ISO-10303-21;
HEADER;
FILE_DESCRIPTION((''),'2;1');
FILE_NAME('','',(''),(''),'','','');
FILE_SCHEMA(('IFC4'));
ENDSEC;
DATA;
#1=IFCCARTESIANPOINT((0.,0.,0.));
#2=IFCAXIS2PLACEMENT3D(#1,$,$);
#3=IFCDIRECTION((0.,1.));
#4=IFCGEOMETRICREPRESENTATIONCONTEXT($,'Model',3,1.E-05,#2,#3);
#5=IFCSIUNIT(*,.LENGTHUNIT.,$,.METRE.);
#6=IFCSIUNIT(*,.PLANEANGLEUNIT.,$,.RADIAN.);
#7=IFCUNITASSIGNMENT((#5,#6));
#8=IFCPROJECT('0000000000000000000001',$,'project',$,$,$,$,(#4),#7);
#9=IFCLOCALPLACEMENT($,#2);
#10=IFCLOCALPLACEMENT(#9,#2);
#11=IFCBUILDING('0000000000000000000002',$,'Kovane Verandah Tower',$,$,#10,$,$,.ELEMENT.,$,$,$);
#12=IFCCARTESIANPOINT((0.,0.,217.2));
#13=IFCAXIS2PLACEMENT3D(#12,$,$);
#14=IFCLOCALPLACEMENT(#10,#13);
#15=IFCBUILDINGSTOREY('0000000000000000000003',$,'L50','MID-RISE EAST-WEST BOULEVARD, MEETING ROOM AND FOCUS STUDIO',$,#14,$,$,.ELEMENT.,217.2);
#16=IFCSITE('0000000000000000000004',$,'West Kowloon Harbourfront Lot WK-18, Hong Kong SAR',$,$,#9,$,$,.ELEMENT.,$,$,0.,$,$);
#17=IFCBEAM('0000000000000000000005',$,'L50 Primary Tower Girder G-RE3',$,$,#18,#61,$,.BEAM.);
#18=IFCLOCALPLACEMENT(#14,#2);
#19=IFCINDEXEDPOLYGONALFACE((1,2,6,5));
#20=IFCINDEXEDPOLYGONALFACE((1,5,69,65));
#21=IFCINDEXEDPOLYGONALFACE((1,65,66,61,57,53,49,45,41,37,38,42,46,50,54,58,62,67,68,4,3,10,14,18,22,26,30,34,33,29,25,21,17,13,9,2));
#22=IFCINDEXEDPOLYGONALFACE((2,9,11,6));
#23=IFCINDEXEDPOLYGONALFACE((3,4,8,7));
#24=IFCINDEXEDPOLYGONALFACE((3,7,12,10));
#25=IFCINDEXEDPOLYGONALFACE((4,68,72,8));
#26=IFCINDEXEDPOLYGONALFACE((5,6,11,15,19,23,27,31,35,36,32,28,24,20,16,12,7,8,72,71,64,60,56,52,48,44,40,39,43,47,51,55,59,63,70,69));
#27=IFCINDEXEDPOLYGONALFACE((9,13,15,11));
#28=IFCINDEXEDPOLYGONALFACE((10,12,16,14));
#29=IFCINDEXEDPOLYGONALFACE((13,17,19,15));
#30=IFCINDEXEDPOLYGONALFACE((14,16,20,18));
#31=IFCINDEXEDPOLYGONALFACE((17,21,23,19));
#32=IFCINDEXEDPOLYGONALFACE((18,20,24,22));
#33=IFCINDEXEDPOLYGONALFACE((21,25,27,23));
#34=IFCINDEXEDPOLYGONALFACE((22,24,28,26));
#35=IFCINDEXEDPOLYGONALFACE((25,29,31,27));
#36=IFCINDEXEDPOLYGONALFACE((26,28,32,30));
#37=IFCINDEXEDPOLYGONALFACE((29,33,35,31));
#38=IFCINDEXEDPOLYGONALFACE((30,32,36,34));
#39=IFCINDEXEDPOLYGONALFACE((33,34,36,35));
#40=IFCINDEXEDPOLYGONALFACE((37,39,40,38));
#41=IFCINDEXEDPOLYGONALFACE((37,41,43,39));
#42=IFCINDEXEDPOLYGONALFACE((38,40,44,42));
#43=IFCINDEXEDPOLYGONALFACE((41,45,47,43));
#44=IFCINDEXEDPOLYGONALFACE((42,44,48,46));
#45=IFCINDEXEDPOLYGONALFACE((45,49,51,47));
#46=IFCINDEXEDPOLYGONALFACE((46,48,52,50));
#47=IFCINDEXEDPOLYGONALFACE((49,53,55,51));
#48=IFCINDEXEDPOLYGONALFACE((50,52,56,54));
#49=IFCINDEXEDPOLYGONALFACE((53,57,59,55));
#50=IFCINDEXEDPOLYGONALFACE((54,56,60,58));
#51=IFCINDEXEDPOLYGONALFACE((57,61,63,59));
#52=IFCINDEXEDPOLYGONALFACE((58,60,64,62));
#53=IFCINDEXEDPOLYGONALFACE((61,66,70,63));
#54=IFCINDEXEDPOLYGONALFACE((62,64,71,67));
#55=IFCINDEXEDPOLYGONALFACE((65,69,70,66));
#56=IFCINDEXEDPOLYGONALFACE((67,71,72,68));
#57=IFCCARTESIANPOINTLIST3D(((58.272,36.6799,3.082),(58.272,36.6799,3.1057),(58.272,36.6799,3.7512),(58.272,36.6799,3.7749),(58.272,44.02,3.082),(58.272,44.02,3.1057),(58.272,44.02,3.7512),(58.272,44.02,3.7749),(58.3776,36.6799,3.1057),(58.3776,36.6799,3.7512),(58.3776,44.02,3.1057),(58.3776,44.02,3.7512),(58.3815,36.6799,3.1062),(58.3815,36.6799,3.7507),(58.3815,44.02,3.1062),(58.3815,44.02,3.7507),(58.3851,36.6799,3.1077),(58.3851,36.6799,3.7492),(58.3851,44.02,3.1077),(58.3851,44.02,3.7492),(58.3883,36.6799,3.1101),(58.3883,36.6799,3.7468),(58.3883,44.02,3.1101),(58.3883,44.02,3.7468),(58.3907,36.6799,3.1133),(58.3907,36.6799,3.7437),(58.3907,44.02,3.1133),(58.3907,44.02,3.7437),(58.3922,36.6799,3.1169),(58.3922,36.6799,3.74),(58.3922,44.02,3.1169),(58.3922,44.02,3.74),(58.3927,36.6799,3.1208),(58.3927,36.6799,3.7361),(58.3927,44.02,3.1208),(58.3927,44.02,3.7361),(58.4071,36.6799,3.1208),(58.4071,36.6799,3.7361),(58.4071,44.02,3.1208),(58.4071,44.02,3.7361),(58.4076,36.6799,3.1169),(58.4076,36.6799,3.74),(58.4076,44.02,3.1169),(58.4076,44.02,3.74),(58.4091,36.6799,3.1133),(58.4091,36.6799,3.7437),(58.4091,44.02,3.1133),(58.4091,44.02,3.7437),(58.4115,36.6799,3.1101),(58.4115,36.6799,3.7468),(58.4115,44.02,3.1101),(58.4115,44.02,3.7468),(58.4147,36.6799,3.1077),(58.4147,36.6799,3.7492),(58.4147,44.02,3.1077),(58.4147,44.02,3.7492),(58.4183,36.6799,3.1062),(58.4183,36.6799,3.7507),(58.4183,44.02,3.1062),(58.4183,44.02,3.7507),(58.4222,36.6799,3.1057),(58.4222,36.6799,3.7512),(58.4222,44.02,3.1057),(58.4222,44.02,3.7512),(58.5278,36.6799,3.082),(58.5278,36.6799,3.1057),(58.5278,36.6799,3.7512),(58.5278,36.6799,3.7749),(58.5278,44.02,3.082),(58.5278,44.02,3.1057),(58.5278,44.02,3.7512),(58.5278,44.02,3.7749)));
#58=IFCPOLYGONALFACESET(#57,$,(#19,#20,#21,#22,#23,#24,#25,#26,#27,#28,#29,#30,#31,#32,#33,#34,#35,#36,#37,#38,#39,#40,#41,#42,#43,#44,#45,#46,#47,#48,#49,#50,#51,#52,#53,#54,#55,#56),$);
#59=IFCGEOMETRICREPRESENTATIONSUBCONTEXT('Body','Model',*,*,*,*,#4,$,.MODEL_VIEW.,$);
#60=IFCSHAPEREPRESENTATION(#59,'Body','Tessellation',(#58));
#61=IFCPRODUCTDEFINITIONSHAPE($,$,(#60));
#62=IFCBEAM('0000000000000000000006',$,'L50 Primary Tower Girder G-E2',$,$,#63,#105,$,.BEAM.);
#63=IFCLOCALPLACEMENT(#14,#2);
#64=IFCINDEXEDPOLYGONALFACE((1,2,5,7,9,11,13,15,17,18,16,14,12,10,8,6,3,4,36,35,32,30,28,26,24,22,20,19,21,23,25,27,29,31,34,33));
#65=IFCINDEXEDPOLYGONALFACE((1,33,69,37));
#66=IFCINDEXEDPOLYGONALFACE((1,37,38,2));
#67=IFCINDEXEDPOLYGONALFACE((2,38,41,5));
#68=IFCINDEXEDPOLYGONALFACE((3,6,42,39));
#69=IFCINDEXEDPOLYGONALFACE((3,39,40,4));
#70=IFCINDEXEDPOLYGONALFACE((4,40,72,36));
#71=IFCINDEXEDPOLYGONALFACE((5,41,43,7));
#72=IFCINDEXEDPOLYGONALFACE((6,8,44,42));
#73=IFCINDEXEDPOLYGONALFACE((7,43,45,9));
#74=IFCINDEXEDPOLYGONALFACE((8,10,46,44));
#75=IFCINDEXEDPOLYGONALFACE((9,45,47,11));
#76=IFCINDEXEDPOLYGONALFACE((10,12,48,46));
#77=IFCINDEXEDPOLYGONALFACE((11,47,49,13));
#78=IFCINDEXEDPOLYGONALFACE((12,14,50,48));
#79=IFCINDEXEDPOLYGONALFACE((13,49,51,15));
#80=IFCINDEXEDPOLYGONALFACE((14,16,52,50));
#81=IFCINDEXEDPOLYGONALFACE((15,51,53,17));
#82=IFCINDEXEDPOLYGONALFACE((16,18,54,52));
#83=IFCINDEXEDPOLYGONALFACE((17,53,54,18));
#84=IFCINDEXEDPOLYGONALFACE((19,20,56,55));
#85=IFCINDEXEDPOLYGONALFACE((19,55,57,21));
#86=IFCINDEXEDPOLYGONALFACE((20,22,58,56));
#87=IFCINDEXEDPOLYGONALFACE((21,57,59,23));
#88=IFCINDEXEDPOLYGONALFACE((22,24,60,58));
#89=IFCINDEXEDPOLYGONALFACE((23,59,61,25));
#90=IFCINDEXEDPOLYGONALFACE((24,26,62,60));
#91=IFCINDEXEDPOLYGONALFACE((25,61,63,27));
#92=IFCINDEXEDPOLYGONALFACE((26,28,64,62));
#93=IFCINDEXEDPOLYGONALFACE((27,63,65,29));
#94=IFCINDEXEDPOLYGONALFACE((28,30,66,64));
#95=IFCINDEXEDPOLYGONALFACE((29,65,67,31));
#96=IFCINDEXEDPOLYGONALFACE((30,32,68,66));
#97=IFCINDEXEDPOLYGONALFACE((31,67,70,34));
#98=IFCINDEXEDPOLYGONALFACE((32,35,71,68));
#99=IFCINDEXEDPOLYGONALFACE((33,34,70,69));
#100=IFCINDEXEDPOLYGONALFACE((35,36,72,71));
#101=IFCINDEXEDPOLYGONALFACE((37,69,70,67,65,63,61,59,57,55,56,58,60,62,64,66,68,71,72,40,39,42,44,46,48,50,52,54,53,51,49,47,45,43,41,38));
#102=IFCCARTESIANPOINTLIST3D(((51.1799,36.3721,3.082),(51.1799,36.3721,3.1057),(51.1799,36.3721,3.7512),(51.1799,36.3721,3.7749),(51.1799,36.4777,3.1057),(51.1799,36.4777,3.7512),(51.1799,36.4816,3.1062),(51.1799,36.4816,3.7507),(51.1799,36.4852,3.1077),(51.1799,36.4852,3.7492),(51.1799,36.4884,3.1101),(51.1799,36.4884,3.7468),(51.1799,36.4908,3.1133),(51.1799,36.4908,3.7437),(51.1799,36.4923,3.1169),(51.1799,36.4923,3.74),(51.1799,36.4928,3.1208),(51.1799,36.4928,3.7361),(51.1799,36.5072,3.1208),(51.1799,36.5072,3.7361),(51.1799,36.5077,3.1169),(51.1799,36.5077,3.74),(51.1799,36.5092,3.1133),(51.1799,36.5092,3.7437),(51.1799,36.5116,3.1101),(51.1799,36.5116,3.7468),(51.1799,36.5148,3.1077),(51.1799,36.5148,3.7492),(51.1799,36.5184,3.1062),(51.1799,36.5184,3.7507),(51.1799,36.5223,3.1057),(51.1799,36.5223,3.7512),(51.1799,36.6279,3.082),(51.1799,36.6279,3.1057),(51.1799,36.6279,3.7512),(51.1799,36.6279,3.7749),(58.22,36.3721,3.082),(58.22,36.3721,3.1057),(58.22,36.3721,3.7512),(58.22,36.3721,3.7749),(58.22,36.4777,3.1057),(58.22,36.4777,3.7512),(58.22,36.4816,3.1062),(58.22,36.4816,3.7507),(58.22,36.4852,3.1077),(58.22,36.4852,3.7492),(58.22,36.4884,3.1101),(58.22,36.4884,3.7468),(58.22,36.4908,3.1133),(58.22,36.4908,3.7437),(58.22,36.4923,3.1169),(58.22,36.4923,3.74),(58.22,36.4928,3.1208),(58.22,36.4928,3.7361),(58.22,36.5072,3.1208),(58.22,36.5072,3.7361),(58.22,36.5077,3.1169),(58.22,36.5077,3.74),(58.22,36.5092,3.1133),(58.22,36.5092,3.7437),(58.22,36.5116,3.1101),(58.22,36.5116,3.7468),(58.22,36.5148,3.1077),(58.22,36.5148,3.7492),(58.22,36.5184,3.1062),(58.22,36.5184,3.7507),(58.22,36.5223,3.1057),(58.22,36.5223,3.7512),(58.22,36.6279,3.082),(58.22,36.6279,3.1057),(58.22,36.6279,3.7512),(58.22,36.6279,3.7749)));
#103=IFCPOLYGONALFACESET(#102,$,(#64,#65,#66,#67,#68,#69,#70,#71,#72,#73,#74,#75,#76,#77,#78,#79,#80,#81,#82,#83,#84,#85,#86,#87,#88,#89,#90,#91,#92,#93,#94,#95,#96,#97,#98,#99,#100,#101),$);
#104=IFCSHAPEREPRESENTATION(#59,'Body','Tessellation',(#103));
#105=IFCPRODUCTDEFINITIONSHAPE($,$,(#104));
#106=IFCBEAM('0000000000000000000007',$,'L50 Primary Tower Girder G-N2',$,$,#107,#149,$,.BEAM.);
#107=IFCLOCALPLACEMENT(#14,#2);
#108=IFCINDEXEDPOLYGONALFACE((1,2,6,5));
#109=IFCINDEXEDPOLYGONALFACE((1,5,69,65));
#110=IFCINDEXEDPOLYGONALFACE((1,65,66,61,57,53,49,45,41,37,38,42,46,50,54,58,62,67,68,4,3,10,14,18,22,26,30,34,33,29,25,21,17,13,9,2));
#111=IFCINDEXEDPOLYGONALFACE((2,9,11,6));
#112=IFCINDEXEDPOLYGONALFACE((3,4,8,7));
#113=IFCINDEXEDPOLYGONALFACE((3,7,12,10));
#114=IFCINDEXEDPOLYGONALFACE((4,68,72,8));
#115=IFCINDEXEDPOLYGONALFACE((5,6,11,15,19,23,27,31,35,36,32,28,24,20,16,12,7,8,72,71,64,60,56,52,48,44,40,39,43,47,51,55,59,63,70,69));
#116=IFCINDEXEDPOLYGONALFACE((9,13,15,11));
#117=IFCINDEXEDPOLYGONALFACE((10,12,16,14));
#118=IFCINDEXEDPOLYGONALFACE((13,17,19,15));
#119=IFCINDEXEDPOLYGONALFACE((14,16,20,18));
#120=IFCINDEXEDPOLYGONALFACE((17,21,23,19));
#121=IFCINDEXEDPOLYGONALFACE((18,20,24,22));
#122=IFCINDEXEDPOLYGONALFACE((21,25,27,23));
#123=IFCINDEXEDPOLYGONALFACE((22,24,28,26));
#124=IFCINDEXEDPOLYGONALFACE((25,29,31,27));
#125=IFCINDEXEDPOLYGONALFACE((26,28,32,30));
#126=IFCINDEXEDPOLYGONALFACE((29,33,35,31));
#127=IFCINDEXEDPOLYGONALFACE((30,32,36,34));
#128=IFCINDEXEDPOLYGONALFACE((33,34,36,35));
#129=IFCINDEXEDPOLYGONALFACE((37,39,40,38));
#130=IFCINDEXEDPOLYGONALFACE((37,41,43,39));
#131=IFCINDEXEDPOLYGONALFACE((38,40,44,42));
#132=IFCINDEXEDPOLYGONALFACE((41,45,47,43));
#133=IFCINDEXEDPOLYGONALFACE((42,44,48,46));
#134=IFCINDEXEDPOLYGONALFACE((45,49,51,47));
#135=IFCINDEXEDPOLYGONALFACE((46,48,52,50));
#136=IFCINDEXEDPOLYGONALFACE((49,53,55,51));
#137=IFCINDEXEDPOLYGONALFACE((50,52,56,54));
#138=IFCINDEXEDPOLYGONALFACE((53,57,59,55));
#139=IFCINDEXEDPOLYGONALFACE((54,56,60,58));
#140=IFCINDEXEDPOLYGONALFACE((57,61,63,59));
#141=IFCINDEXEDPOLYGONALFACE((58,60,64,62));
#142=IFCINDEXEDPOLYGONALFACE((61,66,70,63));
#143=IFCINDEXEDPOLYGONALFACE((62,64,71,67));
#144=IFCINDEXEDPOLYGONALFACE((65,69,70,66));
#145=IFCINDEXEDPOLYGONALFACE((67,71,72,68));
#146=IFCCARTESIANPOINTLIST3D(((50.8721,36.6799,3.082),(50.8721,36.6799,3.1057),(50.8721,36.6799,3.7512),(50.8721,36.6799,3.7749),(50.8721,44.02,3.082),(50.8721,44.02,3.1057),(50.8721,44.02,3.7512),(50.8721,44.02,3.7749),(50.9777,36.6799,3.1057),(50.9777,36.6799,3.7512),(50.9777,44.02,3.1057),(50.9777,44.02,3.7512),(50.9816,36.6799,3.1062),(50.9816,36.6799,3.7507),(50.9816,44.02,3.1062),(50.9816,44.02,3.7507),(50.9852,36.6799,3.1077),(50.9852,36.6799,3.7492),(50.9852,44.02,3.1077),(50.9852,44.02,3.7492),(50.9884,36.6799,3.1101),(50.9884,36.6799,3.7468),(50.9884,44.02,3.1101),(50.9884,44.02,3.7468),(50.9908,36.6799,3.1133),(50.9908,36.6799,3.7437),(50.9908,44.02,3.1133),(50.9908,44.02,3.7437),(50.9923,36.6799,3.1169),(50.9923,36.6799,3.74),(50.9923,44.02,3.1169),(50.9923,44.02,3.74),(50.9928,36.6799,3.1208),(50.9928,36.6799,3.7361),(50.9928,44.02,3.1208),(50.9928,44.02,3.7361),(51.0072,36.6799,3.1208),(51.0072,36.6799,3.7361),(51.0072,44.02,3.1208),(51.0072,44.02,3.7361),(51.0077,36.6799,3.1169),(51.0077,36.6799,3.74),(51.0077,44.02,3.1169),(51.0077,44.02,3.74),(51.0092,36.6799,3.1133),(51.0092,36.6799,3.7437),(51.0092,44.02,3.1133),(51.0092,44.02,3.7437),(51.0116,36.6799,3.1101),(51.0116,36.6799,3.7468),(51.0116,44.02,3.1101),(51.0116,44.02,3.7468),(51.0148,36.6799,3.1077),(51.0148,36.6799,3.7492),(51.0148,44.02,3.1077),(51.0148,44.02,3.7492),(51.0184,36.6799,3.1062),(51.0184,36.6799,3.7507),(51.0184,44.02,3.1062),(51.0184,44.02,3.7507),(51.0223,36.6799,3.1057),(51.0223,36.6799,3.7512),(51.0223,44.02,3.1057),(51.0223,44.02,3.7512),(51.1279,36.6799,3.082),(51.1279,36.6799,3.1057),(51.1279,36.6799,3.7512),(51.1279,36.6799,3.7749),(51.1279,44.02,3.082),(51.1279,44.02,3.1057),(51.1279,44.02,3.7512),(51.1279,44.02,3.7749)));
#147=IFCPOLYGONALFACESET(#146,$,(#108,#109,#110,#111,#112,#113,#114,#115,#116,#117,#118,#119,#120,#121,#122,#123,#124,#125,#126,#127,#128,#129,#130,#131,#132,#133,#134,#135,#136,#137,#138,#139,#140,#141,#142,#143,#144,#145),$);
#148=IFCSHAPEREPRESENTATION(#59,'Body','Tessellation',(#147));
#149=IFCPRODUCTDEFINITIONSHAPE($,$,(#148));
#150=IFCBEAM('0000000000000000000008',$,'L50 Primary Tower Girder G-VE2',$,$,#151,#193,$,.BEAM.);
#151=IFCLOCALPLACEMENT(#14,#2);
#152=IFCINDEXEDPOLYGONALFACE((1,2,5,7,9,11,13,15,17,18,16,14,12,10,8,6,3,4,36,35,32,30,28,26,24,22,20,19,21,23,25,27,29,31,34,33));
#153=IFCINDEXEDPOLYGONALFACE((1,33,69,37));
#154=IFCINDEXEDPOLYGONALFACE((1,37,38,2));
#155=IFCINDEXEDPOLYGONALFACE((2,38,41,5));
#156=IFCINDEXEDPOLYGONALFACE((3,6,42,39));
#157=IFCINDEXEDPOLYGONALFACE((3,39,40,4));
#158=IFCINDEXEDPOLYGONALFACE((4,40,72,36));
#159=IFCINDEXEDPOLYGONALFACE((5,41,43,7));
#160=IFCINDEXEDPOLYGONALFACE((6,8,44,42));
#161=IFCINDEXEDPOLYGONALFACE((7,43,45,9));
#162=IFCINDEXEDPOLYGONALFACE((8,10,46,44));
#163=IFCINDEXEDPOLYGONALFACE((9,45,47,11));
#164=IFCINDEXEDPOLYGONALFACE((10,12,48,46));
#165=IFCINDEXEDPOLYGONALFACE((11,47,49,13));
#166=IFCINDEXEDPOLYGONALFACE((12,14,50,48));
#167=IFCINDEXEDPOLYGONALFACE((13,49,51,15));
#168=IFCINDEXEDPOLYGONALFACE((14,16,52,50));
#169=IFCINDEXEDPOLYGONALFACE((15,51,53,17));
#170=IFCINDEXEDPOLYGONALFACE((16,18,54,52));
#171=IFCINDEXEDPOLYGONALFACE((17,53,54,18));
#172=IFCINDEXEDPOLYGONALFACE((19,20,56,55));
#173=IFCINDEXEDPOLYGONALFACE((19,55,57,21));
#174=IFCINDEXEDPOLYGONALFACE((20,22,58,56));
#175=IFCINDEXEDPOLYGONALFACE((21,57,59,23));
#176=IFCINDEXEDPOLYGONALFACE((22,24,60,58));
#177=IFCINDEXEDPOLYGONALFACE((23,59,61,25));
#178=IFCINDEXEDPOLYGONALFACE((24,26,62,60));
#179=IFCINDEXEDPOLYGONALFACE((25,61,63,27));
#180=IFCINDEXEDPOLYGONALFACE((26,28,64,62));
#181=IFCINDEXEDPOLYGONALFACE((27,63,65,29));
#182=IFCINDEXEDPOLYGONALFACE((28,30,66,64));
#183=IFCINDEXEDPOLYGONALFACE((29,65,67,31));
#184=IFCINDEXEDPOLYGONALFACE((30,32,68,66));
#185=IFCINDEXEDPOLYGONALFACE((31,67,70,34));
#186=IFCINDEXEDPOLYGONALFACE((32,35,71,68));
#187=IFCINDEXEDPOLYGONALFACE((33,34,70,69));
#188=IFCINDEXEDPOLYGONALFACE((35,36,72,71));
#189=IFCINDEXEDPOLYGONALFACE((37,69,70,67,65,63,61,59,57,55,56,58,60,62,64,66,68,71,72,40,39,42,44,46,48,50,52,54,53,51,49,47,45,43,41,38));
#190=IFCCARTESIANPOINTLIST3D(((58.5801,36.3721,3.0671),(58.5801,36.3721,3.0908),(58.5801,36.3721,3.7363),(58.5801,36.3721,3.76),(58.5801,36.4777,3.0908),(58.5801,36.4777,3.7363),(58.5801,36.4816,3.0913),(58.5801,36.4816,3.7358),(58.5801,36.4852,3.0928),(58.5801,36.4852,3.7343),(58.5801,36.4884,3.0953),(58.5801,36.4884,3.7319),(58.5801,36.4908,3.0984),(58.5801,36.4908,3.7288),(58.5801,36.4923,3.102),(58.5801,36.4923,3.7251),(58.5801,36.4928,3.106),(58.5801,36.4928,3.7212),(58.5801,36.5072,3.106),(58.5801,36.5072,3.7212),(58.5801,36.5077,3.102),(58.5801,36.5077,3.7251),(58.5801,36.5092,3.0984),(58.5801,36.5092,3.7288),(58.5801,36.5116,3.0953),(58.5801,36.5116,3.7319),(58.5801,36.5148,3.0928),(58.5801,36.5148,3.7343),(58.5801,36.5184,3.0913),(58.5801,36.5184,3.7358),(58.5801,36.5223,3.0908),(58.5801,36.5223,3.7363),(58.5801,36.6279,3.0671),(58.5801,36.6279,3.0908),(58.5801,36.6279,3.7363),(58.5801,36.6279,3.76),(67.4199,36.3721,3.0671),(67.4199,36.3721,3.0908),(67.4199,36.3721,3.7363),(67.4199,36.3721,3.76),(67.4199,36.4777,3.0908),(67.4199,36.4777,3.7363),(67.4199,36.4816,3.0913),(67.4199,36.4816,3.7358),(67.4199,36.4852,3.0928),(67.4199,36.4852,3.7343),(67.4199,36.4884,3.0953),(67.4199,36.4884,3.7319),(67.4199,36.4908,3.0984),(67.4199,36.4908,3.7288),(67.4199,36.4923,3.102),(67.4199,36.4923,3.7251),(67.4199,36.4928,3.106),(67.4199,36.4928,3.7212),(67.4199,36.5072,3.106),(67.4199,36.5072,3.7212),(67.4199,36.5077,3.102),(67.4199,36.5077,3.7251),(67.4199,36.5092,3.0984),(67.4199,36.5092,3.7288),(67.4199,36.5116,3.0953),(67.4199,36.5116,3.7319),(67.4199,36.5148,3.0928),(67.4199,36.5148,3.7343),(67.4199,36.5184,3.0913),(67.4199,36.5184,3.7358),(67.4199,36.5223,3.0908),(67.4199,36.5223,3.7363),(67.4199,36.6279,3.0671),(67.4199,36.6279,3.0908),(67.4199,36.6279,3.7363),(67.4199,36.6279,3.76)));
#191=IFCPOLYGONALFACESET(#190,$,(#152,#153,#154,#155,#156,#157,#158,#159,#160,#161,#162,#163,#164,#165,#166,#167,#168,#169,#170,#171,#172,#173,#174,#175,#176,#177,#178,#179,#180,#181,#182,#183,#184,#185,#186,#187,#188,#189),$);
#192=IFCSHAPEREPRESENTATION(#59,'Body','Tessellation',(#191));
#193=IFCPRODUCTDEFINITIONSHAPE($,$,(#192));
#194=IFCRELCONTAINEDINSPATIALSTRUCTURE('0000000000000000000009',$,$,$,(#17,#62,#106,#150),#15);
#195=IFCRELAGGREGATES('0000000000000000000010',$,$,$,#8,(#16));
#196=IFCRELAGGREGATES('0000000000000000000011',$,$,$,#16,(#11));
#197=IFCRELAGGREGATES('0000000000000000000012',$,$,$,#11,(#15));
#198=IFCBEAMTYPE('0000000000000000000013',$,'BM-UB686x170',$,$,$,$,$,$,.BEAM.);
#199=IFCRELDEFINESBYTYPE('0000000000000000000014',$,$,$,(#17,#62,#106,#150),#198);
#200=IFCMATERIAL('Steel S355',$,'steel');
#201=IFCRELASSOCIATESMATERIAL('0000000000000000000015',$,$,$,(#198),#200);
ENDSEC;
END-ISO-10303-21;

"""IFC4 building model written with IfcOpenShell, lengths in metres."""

from ifc_helpers import new_model, si_unit, direction, frame, origin, origin_2d, place, context, subcontext, project, spatial, i_section, extrude, material, material_profile, profile_set, type_object, element, save


model = new_model("IFC4")

# Units and contexts
model_context = context("Model", 3, precision=1e-05, world=origin(), true_north=direction((0.0, 1.0)))
body_context = subcontext(model_context, "Body", "Model", "MODEL_VIEW")
ifc_project = project(units=[si_unit("LENGTHUNIT", "METRE"), si_unit("PLANEANGLEUNIT", "RADIAN")], contexts=[model_context])

# Site, building, storey
site_placement = place(None, origin())
site = spatial("IfcSite", under=ifc_project, at=site_placement, Name="West Kowloon Harbourfront Lot WK-18, Hong Kong SAR", CompositionType="ELEMENT", RefElevation=0.0)
building_placement = place(site_placement, origin())
building = spatial("IfcBuilding", under=site, at=building_placement, Name="Kovane Verandah Tower", CompositionType="ELEMENT")
storey_placement = place(building_placement, frame((0.0, 0.0, 217.2)))
storey = spatial("IfcBuildingStorey", under=building, at=storey_placement, Name="L50", Description="MID-RISE EAST-WEST BOULEVARD, MEETING ROOM AND FOCUS STUDIO", CompositionType="ELEMENT", Elevation=217.2)

# Beams
ifc_material_1 = material(Name="Steel S355", Category="steel")
ifc_material_profile_1 = material_profile(ifc_material_1, i_section(OverallWidth=0.2559, OverallDepth=0.6929, WebThickness=0.0144, FlangeThickness=0.0237, FilletRadius=0.0151, at=origin_2d()), Name="UB686x254x170")
ifc_profile_set_1 = profile_set([ifc_material_profile_1], Name="Steel S355")
beam_type_1 = type_object("IfcBeamType", Name="BM-UB686x170", PredefinedType="BEAM", material=ifc_profile_set_1)
beam_1_placement = place(storey_placement, frame((58.3999, 36.6799, 3.4285), z_axis=(0.0, 1.0, 0.0), x_axis=(-1.0, 0.0, 0.0)))
element("IfcBeam", 1, at=beam_1_placement, inside=storey, type_object=beam_type_1, Name="L50 Primary Tower Girder G-RE3", PredefinedType="BEAM", context=body_context, shape_type="SweptSolid", body=[
    extrude(i_section(OverallWidth=0.2559, OverallDepth=0.6929, WebThickness=0.0144, FlangeThickness=0.0237, FilletRadius=0.0151, at=origin_2d()), origin(), (0.0, 0.0, 1.0), 7.3401),
])
beam_2_placement = place(storey_placement, frame((51.1799, 36.5, 3.4285), z_axis=(1.0, 0.0, 0.0), x_axis=(0.0, 1.0, 0.0)))
element("IfcBeam", 2, at=beam_2_placement, inside=storey, type_object=beam_type_1, Name="L50 Primary Tower Girder G-E2", PredefinedType="BEAM", context=body_context, shape_type="SweptSolid", body=[
    extrude(i_section(OverallWidth=0.2559, OverallDepth=0.6929, WebThickness=0.0144, FlangeThickness=0.0237, FilletRadius=0.0151, at=origin_2d()), origin(), (0.0, 0.0, 1.0), 7.04),
])
beam_3_placement = place(storey_placement, frame((51.0, 36.6799, 3.4285), z_axis=(0.0, 1.0, 0.0), x_axis=(-1.0, 0.0, 0.0)))
element("IfcBeam", 3, at=beam_3_placement, inside=storey, type_object=beam_type_1, Name="L50 Primary Tower Girder G-N2", PredefinedType="BEAM", context=body_context, shape_type="SweptSolid", body=[
    extrude(i_section(OverallWidth=0.2559, OverallDepth=0.6929, WebThickness=0.0144, FlangeThickness=0.0237, FilletRadius=0.0151, at=origin_2d()), origin(), (0.0, 0.0, 1.0), 7.3401),
])
beam_4_placement = place(storey_placement, frame((58.5801, 36.5, 3.4136), z_axis=(1.0, 0.0, 0.0), x_axis=(0.0, 1.0, 0.0)))
element("IfcBeam", 4, at=beam_4_placement, inside=storey, type_object=beam_type_1, Name="L50 Primary Tower Girder G-VE2", PredefinedType="BEAM", context=body_context, shape_type="SweptSolid", body=[
    extrude(i_section(OverallWidth=0.2559, OverallDepth=0.6929, WebThickness=0.0144, FlangeThickness=0.0237, FilletRadius=0.0151, at=origin_2d()), origin(), (0.0, 0.0, 1.0), 8.8398),
])

save(model, "model.ifc")
